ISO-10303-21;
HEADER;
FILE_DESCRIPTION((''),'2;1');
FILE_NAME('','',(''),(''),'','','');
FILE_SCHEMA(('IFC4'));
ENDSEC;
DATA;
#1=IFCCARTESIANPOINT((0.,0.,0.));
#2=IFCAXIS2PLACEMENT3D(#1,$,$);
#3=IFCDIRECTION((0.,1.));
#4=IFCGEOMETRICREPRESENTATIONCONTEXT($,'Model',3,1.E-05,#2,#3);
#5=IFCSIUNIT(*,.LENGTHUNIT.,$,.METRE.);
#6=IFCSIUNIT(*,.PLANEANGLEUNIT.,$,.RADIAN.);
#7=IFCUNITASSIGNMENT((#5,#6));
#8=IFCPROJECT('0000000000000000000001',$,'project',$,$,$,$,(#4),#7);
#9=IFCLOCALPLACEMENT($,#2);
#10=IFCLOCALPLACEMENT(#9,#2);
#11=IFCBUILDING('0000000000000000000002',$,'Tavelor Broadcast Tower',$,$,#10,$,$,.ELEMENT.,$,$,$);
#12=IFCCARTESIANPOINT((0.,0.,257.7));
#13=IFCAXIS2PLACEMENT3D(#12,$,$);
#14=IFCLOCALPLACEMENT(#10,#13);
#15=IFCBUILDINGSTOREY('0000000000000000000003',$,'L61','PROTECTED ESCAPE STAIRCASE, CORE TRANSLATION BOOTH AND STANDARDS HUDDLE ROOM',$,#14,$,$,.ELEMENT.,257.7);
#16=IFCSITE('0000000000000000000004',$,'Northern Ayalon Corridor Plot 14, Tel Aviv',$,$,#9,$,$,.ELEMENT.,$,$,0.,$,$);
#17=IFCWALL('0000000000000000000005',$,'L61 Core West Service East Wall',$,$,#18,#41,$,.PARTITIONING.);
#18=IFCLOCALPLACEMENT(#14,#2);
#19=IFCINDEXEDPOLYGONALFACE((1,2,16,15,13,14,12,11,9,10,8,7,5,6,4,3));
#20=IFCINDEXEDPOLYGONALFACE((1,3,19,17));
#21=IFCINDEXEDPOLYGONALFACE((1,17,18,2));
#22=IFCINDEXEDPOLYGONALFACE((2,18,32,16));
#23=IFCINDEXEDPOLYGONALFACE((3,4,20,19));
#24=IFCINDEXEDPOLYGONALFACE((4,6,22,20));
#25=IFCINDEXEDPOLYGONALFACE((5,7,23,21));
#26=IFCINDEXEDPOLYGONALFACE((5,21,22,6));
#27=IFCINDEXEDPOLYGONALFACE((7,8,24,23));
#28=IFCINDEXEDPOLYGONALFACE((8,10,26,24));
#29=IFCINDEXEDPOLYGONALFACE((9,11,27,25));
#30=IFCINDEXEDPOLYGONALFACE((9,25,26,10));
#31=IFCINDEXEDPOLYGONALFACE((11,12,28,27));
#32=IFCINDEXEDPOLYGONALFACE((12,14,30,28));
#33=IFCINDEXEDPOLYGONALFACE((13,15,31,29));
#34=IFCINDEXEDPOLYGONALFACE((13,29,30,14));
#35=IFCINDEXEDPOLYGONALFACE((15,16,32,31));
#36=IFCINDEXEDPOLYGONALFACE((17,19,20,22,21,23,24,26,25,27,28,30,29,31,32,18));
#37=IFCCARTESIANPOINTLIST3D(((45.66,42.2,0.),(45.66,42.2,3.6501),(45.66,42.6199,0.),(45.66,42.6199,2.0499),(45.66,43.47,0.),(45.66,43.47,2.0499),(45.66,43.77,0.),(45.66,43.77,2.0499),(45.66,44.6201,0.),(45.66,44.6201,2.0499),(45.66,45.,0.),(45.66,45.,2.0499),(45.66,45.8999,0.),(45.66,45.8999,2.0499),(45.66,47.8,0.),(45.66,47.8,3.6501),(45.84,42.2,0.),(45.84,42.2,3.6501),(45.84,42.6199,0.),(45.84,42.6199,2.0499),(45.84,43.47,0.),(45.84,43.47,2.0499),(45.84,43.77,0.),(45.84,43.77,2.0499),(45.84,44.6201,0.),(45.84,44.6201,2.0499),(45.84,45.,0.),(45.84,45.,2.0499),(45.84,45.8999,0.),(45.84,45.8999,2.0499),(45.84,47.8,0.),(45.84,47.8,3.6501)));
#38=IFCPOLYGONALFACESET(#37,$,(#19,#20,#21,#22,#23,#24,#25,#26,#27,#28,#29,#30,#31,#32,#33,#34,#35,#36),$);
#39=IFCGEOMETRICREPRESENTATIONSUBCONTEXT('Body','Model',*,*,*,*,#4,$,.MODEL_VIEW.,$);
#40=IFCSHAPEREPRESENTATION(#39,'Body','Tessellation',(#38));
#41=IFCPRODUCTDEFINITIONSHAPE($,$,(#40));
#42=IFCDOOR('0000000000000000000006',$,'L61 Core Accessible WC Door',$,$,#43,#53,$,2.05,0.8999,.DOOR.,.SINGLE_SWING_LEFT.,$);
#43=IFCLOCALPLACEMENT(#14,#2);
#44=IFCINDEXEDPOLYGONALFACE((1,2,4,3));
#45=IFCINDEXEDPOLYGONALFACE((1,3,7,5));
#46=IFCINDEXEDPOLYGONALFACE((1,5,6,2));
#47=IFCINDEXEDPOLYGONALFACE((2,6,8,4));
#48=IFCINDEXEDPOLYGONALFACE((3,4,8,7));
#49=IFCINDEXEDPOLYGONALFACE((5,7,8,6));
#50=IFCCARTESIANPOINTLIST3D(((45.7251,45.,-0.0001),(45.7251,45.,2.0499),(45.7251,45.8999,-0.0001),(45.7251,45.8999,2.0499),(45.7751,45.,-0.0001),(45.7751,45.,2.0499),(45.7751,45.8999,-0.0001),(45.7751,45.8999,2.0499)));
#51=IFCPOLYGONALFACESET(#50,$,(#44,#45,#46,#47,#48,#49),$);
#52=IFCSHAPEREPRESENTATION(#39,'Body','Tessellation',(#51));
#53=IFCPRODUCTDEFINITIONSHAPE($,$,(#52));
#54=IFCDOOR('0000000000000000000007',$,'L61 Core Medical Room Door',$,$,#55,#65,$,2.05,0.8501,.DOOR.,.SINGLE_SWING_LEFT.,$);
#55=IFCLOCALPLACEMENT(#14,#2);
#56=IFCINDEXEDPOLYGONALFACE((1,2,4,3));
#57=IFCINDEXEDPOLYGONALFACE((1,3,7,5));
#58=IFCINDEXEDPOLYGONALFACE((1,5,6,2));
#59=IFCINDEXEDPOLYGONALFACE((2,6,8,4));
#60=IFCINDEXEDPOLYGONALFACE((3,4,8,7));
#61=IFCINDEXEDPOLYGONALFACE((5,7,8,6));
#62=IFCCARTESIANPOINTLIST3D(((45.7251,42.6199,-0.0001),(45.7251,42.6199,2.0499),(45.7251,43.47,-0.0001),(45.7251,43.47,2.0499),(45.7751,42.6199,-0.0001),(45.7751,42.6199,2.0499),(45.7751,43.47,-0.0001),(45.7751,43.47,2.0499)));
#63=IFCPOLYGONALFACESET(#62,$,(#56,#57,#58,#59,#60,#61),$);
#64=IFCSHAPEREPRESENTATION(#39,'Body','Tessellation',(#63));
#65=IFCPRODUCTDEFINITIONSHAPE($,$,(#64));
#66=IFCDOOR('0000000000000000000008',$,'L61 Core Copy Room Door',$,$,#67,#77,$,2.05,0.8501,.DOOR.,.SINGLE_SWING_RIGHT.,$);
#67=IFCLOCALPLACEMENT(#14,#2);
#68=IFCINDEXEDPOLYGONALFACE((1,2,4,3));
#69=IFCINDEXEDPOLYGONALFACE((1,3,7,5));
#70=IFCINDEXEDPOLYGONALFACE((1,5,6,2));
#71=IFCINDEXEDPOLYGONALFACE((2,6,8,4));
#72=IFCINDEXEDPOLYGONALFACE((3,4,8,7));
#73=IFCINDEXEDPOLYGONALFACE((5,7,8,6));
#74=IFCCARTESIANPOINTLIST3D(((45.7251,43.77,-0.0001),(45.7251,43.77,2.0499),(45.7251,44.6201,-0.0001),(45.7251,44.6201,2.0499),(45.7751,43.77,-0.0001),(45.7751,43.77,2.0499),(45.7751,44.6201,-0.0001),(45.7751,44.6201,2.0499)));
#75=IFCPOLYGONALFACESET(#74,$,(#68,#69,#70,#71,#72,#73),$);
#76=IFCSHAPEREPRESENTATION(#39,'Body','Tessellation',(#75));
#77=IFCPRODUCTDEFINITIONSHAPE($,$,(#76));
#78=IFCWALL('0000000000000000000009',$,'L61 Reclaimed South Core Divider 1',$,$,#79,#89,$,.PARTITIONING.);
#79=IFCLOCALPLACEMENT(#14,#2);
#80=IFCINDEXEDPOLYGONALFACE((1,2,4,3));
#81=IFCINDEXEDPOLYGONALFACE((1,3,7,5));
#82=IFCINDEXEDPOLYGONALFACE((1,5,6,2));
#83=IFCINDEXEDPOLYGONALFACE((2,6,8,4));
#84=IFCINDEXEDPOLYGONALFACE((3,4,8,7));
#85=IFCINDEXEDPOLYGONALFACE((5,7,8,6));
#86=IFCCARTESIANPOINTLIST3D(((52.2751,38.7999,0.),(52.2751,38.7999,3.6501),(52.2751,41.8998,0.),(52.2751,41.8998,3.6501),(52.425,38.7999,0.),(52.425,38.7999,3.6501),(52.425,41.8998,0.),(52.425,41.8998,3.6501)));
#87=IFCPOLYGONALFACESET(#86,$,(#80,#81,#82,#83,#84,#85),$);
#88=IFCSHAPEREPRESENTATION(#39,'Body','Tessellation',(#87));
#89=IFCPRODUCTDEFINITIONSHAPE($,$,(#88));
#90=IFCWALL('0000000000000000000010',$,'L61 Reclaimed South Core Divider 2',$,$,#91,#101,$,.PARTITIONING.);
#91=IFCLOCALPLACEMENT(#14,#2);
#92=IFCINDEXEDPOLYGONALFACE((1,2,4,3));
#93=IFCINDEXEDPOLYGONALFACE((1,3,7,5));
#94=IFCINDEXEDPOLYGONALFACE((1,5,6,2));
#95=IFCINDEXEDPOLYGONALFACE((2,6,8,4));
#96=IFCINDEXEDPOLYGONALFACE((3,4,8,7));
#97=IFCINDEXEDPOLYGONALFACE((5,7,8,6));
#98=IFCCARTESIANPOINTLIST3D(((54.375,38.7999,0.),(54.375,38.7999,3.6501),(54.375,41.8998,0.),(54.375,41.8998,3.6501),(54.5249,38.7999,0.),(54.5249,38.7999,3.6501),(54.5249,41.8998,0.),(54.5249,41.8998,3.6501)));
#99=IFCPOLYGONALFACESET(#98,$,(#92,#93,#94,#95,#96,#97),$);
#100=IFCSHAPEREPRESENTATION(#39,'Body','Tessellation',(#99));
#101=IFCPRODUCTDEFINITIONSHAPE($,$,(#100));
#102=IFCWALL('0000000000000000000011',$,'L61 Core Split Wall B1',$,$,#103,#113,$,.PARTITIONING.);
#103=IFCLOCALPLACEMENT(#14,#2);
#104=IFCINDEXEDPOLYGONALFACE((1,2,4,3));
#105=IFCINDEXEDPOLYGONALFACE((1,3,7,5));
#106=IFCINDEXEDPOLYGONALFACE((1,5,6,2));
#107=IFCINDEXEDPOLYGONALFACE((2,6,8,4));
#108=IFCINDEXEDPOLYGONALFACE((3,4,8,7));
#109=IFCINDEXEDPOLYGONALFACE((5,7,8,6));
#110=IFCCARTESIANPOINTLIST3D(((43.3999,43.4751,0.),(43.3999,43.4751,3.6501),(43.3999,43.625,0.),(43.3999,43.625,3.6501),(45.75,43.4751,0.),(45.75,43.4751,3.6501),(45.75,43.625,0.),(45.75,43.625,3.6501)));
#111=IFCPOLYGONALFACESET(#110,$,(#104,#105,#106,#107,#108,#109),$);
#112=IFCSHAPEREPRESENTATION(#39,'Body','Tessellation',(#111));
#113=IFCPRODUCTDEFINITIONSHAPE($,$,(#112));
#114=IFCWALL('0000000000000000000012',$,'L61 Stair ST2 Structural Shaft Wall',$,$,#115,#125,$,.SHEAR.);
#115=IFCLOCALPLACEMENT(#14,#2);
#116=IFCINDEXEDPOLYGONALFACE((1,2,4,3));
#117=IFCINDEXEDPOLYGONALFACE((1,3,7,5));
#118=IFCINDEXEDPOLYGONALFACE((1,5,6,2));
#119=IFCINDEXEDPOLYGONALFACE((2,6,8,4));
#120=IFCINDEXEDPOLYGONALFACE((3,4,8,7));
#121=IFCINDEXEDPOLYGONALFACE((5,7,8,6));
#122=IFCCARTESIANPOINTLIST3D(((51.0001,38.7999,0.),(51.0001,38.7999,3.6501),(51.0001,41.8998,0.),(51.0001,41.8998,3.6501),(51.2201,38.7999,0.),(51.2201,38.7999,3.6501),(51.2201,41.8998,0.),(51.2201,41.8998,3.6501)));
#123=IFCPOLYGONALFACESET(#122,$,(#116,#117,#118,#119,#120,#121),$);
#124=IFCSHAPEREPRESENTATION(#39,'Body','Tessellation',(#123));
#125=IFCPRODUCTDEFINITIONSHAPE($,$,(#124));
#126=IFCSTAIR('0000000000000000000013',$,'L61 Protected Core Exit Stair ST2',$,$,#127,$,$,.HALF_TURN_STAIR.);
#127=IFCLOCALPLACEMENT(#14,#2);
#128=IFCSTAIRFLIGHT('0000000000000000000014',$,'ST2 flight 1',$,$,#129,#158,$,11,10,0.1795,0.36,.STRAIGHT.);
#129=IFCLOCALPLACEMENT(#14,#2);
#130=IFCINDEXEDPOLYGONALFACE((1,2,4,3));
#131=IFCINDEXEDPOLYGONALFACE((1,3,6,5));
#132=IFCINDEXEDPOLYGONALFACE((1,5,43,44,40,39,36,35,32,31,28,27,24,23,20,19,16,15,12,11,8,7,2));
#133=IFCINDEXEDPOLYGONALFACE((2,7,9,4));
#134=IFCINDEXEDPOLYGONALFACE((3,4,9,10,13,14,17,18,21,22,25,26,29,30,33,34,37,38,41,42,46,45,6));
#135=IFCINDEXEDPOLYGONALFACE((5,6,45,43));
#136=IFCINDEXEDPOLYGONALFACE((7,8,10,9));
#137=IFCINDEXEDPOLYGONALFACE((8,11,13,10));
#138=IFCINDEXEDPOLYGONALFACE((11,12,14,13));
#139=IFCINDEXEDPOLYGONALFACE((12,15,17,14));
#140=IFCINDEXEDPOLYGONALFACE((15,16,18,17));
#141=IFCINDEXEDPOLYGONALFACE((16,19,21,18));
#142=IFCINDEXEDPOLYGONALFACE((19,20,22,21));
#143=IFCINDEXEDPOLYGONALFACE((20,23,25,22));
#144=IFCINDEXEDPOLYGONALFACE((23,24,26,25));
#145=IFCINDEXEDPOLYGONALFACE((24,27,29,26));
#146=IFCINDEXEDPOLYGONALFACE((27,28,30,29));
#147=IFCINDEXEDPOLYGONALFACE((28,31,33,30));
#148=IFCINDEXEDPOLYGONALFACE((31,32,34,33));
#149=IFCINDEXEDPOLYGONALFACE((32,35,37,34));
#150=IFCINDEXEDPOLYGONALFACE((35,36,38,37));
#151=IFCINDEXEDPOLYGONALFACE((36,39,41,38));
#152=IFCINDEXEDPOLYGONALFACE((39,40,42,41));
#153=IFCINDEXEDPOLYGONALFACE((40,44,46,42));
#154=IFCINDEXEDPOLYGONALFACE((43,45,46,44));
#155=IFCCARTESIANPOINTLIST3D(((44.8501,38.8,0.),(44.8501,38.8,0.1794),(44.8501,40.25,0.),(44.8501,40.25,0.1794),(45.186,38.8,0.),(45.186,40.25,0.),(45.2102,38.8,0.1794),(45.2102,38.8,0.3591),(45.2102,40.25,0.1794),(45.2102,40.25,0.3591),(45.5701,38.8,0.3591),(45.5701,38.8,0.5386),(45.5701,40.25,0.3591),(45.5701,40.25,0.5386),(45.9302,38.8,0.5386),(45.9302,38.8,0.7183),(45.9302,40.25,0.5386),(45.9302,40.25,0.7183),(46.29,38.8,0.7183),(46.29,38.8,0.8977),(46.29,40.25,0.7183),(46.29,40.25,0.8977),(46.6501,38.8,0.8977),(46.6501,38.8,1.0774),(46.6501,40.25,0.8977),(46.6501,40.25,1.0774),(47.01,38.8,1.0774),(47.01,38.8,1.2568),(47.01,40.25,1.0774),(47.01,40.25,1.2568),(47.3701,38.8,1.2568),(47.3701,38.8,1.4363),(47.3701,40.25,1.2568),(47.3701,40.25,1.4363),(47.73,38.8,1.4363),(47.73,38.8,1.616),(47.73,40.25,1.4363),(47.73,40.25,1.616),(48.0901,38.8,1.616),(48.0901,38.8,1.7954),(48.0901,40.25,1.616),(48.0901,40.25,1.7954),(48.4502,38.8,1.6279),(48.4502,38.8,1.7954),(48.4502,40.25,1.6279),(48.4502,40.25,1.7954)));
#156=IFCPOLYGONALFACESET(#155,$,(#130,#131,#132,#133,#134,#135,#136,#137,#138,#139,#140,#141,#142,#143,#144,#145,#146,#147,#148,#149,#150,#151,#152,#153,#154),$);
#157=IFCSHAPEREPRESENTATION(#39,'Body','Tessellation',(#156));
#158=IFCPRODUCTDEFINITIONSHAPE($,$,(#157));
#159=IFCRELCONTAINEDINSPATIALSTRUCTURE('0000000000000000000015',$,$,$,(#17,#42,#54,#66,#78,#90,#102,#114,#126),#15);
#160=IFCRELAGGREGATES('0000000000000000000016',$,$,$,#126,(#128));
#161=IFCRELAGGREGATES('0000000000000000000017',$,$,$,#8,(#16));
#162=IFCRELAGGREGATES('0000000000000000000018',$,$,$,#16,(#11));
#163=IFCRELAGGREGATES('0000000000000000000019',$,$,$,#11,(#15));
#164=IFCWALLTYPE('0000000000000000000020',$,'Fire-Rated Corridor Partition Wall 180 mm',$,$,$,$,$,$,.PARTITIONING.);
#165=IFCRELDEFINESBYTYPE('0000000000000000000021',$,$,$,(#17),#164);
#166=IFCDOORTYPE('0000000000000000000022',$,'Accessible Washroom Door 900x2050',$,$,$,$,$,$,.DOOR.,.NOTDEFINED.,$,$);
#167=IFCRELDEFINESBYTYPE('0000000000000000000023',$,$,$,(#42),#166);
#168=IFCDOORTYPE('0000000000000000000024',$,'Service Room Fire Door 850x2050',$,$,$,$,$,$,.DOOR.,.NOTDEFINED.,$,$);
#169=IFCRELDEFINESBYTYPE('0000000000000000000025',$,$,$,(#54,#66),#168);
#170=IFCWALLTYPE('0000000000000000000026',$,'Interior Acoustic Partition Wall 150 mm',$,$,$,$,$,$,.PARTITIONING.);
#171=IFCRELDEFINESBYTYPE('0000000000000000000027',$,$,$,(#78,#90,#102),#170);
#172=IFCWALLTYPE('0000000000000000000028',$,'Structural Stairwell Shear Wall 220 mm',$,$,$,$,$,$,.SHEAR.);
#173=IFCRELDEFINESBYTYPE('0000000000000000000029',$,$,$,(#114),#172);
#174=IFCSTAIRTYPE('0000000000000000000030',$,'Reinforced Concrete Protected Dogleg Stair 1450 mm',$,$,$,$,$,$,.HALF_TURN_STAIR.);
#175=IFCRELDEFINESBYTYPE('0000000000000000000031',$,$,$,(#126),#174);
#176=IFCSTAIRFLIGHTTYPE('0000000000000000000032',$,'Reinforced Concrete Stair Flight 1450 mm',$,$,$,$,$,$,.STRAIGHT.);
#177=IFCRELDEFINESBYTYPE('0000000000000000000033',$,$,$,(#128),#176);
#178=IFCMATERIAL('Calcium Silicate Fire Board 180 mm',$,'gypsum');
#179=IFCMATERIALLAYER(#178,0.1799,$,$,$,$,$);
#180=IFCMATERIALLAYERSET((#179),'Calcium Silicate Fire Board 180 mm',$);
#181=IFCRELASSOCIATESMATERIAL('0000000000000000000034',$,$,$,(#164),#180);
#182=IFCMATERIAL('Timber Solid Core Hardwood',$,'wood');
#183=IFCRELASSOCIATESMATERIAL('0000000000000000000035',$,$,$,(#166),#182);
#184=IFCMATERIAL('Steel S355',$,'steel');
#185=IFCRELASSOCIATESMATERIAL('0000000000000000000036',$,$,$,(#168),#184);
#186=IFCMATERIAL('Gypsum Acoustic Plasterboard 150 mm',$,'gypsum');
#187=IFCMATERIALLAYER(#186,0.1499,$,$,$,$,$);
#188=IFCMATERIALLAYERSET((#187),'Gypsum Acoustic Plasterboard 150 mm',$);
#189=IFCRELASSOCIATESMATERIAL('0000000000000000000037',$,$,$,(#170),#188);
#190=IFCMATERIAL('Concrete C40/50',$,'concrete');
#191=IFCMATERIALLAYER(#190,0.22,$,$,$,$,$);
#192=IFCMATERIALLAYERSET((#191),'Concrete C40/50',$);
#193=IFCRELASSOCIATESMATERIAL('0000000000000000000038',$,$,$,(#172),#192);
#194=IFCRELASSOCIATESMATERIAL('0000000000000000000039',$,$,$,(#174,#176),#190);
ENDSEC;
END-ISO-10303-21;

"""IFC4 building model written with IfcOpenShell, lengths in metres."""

from ifc_helpers import new_model, si_unit, direction, frame, frame_2d, origin, place, context, subcontext, project, spatial, polyline, rectangle, outline, extrude, material, layer, layer_set, type_object, element, fill, aggregate, save


model = new_model("IFC4")

# Units and contexts
model_context = context("Model", 3, precision=1e-05, world=origin(), true_north=direction((0.0, 1.0)))
body_context = subcontext(model_context, "Body", "Model", "MODEL_VIEW")
ifc_project = project(units=[si_unit("LENGTHUNIT", "METRE"), si_unit("PLANEANGLEUNIT", "RADIAN")], contexts=[model_context])

# Site, building, storey
site_placement = place(None, origin())
site = spatial("IfcSite", under=ifc_project, at=site_placement, Name="Northern Ayalon Corridor Plot 14, Tel Aviv", CompositionType="ELEMENT", RefElevation=0.0)
building_placement = place(site_placement, origin())
building = spatial("IfcBuilding", under=site, at=building_placement, Name="Tavelor Broadcast Tower", CompositionType="ELEMENT")
storey_placement = place(building_placement, frame((0.0, 0.0, 257.7)))
storey = spatial("IfcBuildingStorey", under=building, at=storey_placement, Name="L61", Description="PROTECTED ESCAPE STAIRCASE, CORE TRANSLATION BOOTH AND STANDARDS HUDDLE ROOM", CompositionType="ELEMENT", Elevation=257.7)

# Shared definitions
ifc_material_1 = material(Name="Concrete C40/50", Category="concrete")
ifc_material_2 = material(Name="Steel S355", Category="steel")

# Shared definitions
ifc_material_3 = material(Name="Calcium Silicate Fire Board 180 mm", Category="gypsum")
ifc_layer_1 = layer(ifc_material_3, 0.1799)
ifc_layer_set_1 = layer_set([ifc_layer_1], Name="Calcium Silicate Fire Board 180 mm")
wall_type_1 = type_object("IfcWallType", Name="Fire-Rated Corridor Partition Wall 180 mm", PredefinedType="PARTITIONING", material=ifc_layer_set_1)

# Wall, openings, doors
wall_1_placement = place(storey_placement, frame((45.75, 42.2, 0.0), z_axis=(0.0, 0.0, 1.0), x_axis=(0.0, 1.0, 0.0)))
wall_1 = element("IfcWall", 1, at=wall_1_placement, inside=storey, type_object=wall_type_1, Name="L61 Core West Service East Wall", PredefinedType="PARTITIONING", context=body_context, shape_type="SweptSolid", body=[
    extrude(rectangle(XDim=5.6001, YDim=0.1799, at=frame_2d((2.8, 0.0))), origin(), (0.0, 0.0, 1.0), 3.6501),
])
opening_1_placement = place(wall_1_placement, frame((0.4199, 0.0, 0.0)))
opening_1 = element("IfcOpeningElement", 2, at=opening_1_placement, cuts=wall_1, PredefinedType="OPENING", context=body_context, shape_type="SweptSolid", body=[
    extrude(rectangle(XDim=0.8501, YDim=2.05, at=frame_2d((0.425, 1.0249))), frame((0.0, 0.1001, 0.0), z_axis=(0.0, -1.0, 0.0), x_axis=(1.0, 0.0, 0.0)), (0.0, 0.0, 1.0), 0.2),
])
opening_2_placement = place(wall_1_placement, frame((1.5701, 0.0, 0.0)))
opening_2 = element("IfcOpeningElement", 3, at=opening_2_placement, cuts=wall_1, PredefinedType="OPENING", context=body_context, shape_type="SweptSolid", body=[
    extrude(rectangle(XDim=0.8501, YDim=2.05, at=frame_2d((0.425, 1.0249))), frame((0.0, 0.1001, 0.0), z_axis=(0.0, -1.0, 0.0), x_axis=(1.0, 0.0, 0.0)), (0.0, 0.0, 1.0), 0.2),
])
opening_3_placement = place(wall_1_placement, frame((2.8, 0.0, 0.0)))
opening_3 = element("IfcOpeningElement", 4, at=opening_3_placement, cuts=wall_1, PredefinedType="OPENING", context=body_context, shape_type="SweptSolid", body=[
    extrude(rectangle(XDim=0.8999, YDim=2.05, at=frame_2d((0.45, 1.0249))), frame((0.0, 0.1001, 0.0), z_axis=(0.0, -1.0, 0.0), x_axis=(1.0, 0.0, 0.0)), (0.0, 0.0, 1.0), 0.2),
])
ifc_material_4 = material(Name="Timber Solid Core Hardwood", Category="wood")
door_type_1 = type_object("IfcDoorType", Name="Accessible Washroom Door 900x2050", OperationType="NOTDEFINED", PredefinedType="DOOR", material=ifc_material_4)
door_1_placement = place(opening_3_placement, origin())
door_1 = element("IfcDoor", 5, at=door_1_placement, inside=storey, type_object=door_type_1, Name="L61 Core Accessible WC Door", OperationType="SINGLE_SWING_LEFT", OverallHeight=2.05, OverallWidth=0.8999, PredefinedType="DOOR", context=body_context, shape_type="SweptSolid", body=[
    extrude(rectangle(XDim=0.8999, YDim=2.05, at=frame_2d((0.45, 1.0249))), frame((0.0, 0.0249, 0.0), z_axis=(0.0, -1.0, 0.0), x_axis=(1.0, 0.0, 0.0)), (0.0, 0.0, 1.0), 0.05),
])
fill(opening_3, door_1)
door_type_2 = type_object("IfcDoorType", Name="Service Room Fire Door 850x2050", OperationType="NOTDEFINED", PredefinedType="DOOR", material=ifc_material_2)
door_2_placement = place(opening_1_placement, origin())
door_2 = element("IfcDoor", 6, at=door_2_placement, inside=storey, type_object=door_type_2, Name="L61 Core Medical Room Door", OperationType="SINGLE_SWING_LEFT", OverallHeight=2.05, OverallWidth=0.8501, PredefinedType="DOOR", context=body_context, shape_type="SweptSolid", body=[
    extrude(rectangle(XDim=0.8501, YDim=2.05, at=frame_2d((0.425, 1.0249))), frame((0.0, 0.0249, 0.0), z_axis=(0.0, -1.0, 0.0), x_axis=(1.0, 0.0, 0.0)), (0.0, 0.0, 1.0), 0.05),
])
fill(opening_1, door_2)
door_3_placement = place(opening_2_placement, origin())
door_3 = element("IfcDoor", 7, at=door_3_placement, inside=storey, type_object=door_type_2, Name="L61 Core Copy Room Door", OperationType="SINGLE_SWING_RIGHT", OverallHeight=2.05, OverallWidth=0.8501, PredefinedType="DOOR", context=body_context, shape_type="SweptSolid", body=[
    extrude(rectangle(XDim=0.8501, YDim=2.05, at=frame_2d((0.425, 1.0249))), frame((0.0, 0.0249, 0.0), z_axis=(0.0, -1.0, 0.0), x_axis=(1.0, 0.0, 0.0)), (0.0, 0.0, 1.0), 0.05),
])
fill(opening_2, door_3)

# Walls
ifc_material_5 = material(Name="Gypsum Acoustic Plasterboard 150 mm", Category="gypsum")
ifc_layer_2 = layer(ifc_material_5, 0.1499)
ifc_layer_set_2 = layer_set([ifc_layer_2], Name="Gypsum Acoustic Plasterboard 150 mm")
wall_type_2 = type_object("IfcWallType", Name="Interior Acoustic Partition Wall 150 mm", PredefinedType="PARTITIONING", material=ifc_layer_set_2)
for number, where, z_axis, x_axis, name in (
    (8, (52.3501, 38.8, 0.0), (0.0, 0.0, 1.0), (0.0, 1.0, 0.0), "L61 Reclaimed South Core Divider 1"),
    (9, (54.45, 38.8, 0.0), (0.0, 0.0, 1.0), (0.0, 1.0, 0.0), "L61 Reclaimed South Core Divider 2"),
):
    element("IfcWall", number, at=place(storey_placement, frame(where, z_axis=z_axis, x_axis=x_axis)), inside=storey, type_object=wall_type_2, Name=name, PredefinedType="PARTITIONING", context=body_context, shape_type="SweptSolid", body=[
        extrude(rectangle(XDim=3.0999, YDim=0.1499, at=frame_2d((1.5498, 0.0))), origin(), (0.0, 0.0, 1.0), 3.6501),
    ])
wall_2_placement = place(storey_placement, frame((43.3999, 43.55, 0.0), z_axis=(0.0, 0.0, 1.0), x_axis=(1.0, 0.0, 0.0)))
element("IfcWall", 10, at=wall_2_placement, inside=storey, type_object=wall_type_2, Name="L61 Core Split Wall B1", PredefinedType="PARTITIONING", context=body_context, shape_type="SweptSolid", body=[
    extrude(rectangle(XDim=2.3501, YDim=0.1499, at=frame_2d((1.175, 0.0))), origin(), (0.0, 0.0, 1.0), 3.6501),
])
ifc_layer_3 = layer(ifc_material_1, 0.22)
ifc_layer_set_3 = layer_set([ifc_layer_3], Name="Concrete C40/50")
wall_type_3 = type_object("IfcWallType", Name="Structural Stairwell Shear Wall 220 mm", PredefinedType="SHEAR", material=ifc_layer_set_3)
wall_3_placement = place(storey_placement, frame((51.1101, 38.8, 0.0), z_axis=(0.0, 0.0, 1.0), x_axis=(0.0, 1.0, 0.0)))
element("IfcWall", 11, at=wall_3_placement, inside=storey, type_object=wall_type_3, Name="L61 Stair ST2 Structural Shaft Wall", PredefinedType="SHEAR", context=body_context, shape_type="SweptSolid", body=[
    extrude(rectangle(XDim=3.0999, YDim=0.22, at=frame_2d((1.5498, 0.0))), origin(), (0.0, 0.0, 1.0), 3.6501),
])

# Stair, stair flight
stair_type = type_object("IfcStairType", Name="Reinforced Concrete Protected Dogleg Stair 1450 mm", PredefinedType="HALF_TURN_STAIR", material=ifc_material_1)
stair_placement = place(storey_placement, origin())
stair = element("IfcStair", 12, at=stair_placement, inside=storey, type_object=stair_type, Name="L61 Protected Core Exit Stair ST2", PredefinedType="HALF_TURN_STAIR")
stair_flight_type = type_object("IfcStairFlightType", Name="Reinforced Concrete Stair Flight 1450 mm", PredefinedType="STRAIGHT", material=ifc_material_1)
stair_flight_1_placement = place(storey_placement, frame((44.8501, 39.5249, 0.0), z_axis=(0.0, 0.0, 1.0), x_axis=(1.0, 0.0, 0.0)))
stair_flight_1 = element("IfcStairFlight", 13, at=stair_flight_1_placement, type_object=stair_flight_type, Name="ST2 flight 1", NumberOfRisers=11, NumberOfTreads=10, PredefinedType="STRAIGHT", RiserHeight=0.1795, TreadLength=0.36, context=body_context, shape_type="SweptSolid", body=[
    extrude(outline(polyline([(0.0, 0.0), (0.0, 0.1794), (0.3601, 0.1794), (0.3601, 0.3591), (0.72, 0.3591), (0.72, 0.5386), (1.0801, 0.5386), (1.0801, 0.7183), (1.4399, 0.7183), (1.4399, 0.8977), (1.8, 0.8977), (1.8, 1.0774), (2.1599, 1.0774), (2.1599, 1.2568), (2.52, 1.2568), (2.52, 1.4363), (2.8799, 1.4363), (2.8799, 1.616), (3.24, 1.616), (3.24, 1.7954), (3.6001, 1.7954), (3.6001, 1.9751), (3.6001, 1.6279), (0.3359, 0.0), (0.0, 0.0)])), frame((0.0, 0.7251, 0.0), z_axis=(0.0, -1.0, 0.0), x_axis=(1.0, 0.0, 0.0)), (0.0, 0.0, 1.0), 1.45),
])
aggregate(stair, [stair_flight_1])

save(model, "model.ifc")
